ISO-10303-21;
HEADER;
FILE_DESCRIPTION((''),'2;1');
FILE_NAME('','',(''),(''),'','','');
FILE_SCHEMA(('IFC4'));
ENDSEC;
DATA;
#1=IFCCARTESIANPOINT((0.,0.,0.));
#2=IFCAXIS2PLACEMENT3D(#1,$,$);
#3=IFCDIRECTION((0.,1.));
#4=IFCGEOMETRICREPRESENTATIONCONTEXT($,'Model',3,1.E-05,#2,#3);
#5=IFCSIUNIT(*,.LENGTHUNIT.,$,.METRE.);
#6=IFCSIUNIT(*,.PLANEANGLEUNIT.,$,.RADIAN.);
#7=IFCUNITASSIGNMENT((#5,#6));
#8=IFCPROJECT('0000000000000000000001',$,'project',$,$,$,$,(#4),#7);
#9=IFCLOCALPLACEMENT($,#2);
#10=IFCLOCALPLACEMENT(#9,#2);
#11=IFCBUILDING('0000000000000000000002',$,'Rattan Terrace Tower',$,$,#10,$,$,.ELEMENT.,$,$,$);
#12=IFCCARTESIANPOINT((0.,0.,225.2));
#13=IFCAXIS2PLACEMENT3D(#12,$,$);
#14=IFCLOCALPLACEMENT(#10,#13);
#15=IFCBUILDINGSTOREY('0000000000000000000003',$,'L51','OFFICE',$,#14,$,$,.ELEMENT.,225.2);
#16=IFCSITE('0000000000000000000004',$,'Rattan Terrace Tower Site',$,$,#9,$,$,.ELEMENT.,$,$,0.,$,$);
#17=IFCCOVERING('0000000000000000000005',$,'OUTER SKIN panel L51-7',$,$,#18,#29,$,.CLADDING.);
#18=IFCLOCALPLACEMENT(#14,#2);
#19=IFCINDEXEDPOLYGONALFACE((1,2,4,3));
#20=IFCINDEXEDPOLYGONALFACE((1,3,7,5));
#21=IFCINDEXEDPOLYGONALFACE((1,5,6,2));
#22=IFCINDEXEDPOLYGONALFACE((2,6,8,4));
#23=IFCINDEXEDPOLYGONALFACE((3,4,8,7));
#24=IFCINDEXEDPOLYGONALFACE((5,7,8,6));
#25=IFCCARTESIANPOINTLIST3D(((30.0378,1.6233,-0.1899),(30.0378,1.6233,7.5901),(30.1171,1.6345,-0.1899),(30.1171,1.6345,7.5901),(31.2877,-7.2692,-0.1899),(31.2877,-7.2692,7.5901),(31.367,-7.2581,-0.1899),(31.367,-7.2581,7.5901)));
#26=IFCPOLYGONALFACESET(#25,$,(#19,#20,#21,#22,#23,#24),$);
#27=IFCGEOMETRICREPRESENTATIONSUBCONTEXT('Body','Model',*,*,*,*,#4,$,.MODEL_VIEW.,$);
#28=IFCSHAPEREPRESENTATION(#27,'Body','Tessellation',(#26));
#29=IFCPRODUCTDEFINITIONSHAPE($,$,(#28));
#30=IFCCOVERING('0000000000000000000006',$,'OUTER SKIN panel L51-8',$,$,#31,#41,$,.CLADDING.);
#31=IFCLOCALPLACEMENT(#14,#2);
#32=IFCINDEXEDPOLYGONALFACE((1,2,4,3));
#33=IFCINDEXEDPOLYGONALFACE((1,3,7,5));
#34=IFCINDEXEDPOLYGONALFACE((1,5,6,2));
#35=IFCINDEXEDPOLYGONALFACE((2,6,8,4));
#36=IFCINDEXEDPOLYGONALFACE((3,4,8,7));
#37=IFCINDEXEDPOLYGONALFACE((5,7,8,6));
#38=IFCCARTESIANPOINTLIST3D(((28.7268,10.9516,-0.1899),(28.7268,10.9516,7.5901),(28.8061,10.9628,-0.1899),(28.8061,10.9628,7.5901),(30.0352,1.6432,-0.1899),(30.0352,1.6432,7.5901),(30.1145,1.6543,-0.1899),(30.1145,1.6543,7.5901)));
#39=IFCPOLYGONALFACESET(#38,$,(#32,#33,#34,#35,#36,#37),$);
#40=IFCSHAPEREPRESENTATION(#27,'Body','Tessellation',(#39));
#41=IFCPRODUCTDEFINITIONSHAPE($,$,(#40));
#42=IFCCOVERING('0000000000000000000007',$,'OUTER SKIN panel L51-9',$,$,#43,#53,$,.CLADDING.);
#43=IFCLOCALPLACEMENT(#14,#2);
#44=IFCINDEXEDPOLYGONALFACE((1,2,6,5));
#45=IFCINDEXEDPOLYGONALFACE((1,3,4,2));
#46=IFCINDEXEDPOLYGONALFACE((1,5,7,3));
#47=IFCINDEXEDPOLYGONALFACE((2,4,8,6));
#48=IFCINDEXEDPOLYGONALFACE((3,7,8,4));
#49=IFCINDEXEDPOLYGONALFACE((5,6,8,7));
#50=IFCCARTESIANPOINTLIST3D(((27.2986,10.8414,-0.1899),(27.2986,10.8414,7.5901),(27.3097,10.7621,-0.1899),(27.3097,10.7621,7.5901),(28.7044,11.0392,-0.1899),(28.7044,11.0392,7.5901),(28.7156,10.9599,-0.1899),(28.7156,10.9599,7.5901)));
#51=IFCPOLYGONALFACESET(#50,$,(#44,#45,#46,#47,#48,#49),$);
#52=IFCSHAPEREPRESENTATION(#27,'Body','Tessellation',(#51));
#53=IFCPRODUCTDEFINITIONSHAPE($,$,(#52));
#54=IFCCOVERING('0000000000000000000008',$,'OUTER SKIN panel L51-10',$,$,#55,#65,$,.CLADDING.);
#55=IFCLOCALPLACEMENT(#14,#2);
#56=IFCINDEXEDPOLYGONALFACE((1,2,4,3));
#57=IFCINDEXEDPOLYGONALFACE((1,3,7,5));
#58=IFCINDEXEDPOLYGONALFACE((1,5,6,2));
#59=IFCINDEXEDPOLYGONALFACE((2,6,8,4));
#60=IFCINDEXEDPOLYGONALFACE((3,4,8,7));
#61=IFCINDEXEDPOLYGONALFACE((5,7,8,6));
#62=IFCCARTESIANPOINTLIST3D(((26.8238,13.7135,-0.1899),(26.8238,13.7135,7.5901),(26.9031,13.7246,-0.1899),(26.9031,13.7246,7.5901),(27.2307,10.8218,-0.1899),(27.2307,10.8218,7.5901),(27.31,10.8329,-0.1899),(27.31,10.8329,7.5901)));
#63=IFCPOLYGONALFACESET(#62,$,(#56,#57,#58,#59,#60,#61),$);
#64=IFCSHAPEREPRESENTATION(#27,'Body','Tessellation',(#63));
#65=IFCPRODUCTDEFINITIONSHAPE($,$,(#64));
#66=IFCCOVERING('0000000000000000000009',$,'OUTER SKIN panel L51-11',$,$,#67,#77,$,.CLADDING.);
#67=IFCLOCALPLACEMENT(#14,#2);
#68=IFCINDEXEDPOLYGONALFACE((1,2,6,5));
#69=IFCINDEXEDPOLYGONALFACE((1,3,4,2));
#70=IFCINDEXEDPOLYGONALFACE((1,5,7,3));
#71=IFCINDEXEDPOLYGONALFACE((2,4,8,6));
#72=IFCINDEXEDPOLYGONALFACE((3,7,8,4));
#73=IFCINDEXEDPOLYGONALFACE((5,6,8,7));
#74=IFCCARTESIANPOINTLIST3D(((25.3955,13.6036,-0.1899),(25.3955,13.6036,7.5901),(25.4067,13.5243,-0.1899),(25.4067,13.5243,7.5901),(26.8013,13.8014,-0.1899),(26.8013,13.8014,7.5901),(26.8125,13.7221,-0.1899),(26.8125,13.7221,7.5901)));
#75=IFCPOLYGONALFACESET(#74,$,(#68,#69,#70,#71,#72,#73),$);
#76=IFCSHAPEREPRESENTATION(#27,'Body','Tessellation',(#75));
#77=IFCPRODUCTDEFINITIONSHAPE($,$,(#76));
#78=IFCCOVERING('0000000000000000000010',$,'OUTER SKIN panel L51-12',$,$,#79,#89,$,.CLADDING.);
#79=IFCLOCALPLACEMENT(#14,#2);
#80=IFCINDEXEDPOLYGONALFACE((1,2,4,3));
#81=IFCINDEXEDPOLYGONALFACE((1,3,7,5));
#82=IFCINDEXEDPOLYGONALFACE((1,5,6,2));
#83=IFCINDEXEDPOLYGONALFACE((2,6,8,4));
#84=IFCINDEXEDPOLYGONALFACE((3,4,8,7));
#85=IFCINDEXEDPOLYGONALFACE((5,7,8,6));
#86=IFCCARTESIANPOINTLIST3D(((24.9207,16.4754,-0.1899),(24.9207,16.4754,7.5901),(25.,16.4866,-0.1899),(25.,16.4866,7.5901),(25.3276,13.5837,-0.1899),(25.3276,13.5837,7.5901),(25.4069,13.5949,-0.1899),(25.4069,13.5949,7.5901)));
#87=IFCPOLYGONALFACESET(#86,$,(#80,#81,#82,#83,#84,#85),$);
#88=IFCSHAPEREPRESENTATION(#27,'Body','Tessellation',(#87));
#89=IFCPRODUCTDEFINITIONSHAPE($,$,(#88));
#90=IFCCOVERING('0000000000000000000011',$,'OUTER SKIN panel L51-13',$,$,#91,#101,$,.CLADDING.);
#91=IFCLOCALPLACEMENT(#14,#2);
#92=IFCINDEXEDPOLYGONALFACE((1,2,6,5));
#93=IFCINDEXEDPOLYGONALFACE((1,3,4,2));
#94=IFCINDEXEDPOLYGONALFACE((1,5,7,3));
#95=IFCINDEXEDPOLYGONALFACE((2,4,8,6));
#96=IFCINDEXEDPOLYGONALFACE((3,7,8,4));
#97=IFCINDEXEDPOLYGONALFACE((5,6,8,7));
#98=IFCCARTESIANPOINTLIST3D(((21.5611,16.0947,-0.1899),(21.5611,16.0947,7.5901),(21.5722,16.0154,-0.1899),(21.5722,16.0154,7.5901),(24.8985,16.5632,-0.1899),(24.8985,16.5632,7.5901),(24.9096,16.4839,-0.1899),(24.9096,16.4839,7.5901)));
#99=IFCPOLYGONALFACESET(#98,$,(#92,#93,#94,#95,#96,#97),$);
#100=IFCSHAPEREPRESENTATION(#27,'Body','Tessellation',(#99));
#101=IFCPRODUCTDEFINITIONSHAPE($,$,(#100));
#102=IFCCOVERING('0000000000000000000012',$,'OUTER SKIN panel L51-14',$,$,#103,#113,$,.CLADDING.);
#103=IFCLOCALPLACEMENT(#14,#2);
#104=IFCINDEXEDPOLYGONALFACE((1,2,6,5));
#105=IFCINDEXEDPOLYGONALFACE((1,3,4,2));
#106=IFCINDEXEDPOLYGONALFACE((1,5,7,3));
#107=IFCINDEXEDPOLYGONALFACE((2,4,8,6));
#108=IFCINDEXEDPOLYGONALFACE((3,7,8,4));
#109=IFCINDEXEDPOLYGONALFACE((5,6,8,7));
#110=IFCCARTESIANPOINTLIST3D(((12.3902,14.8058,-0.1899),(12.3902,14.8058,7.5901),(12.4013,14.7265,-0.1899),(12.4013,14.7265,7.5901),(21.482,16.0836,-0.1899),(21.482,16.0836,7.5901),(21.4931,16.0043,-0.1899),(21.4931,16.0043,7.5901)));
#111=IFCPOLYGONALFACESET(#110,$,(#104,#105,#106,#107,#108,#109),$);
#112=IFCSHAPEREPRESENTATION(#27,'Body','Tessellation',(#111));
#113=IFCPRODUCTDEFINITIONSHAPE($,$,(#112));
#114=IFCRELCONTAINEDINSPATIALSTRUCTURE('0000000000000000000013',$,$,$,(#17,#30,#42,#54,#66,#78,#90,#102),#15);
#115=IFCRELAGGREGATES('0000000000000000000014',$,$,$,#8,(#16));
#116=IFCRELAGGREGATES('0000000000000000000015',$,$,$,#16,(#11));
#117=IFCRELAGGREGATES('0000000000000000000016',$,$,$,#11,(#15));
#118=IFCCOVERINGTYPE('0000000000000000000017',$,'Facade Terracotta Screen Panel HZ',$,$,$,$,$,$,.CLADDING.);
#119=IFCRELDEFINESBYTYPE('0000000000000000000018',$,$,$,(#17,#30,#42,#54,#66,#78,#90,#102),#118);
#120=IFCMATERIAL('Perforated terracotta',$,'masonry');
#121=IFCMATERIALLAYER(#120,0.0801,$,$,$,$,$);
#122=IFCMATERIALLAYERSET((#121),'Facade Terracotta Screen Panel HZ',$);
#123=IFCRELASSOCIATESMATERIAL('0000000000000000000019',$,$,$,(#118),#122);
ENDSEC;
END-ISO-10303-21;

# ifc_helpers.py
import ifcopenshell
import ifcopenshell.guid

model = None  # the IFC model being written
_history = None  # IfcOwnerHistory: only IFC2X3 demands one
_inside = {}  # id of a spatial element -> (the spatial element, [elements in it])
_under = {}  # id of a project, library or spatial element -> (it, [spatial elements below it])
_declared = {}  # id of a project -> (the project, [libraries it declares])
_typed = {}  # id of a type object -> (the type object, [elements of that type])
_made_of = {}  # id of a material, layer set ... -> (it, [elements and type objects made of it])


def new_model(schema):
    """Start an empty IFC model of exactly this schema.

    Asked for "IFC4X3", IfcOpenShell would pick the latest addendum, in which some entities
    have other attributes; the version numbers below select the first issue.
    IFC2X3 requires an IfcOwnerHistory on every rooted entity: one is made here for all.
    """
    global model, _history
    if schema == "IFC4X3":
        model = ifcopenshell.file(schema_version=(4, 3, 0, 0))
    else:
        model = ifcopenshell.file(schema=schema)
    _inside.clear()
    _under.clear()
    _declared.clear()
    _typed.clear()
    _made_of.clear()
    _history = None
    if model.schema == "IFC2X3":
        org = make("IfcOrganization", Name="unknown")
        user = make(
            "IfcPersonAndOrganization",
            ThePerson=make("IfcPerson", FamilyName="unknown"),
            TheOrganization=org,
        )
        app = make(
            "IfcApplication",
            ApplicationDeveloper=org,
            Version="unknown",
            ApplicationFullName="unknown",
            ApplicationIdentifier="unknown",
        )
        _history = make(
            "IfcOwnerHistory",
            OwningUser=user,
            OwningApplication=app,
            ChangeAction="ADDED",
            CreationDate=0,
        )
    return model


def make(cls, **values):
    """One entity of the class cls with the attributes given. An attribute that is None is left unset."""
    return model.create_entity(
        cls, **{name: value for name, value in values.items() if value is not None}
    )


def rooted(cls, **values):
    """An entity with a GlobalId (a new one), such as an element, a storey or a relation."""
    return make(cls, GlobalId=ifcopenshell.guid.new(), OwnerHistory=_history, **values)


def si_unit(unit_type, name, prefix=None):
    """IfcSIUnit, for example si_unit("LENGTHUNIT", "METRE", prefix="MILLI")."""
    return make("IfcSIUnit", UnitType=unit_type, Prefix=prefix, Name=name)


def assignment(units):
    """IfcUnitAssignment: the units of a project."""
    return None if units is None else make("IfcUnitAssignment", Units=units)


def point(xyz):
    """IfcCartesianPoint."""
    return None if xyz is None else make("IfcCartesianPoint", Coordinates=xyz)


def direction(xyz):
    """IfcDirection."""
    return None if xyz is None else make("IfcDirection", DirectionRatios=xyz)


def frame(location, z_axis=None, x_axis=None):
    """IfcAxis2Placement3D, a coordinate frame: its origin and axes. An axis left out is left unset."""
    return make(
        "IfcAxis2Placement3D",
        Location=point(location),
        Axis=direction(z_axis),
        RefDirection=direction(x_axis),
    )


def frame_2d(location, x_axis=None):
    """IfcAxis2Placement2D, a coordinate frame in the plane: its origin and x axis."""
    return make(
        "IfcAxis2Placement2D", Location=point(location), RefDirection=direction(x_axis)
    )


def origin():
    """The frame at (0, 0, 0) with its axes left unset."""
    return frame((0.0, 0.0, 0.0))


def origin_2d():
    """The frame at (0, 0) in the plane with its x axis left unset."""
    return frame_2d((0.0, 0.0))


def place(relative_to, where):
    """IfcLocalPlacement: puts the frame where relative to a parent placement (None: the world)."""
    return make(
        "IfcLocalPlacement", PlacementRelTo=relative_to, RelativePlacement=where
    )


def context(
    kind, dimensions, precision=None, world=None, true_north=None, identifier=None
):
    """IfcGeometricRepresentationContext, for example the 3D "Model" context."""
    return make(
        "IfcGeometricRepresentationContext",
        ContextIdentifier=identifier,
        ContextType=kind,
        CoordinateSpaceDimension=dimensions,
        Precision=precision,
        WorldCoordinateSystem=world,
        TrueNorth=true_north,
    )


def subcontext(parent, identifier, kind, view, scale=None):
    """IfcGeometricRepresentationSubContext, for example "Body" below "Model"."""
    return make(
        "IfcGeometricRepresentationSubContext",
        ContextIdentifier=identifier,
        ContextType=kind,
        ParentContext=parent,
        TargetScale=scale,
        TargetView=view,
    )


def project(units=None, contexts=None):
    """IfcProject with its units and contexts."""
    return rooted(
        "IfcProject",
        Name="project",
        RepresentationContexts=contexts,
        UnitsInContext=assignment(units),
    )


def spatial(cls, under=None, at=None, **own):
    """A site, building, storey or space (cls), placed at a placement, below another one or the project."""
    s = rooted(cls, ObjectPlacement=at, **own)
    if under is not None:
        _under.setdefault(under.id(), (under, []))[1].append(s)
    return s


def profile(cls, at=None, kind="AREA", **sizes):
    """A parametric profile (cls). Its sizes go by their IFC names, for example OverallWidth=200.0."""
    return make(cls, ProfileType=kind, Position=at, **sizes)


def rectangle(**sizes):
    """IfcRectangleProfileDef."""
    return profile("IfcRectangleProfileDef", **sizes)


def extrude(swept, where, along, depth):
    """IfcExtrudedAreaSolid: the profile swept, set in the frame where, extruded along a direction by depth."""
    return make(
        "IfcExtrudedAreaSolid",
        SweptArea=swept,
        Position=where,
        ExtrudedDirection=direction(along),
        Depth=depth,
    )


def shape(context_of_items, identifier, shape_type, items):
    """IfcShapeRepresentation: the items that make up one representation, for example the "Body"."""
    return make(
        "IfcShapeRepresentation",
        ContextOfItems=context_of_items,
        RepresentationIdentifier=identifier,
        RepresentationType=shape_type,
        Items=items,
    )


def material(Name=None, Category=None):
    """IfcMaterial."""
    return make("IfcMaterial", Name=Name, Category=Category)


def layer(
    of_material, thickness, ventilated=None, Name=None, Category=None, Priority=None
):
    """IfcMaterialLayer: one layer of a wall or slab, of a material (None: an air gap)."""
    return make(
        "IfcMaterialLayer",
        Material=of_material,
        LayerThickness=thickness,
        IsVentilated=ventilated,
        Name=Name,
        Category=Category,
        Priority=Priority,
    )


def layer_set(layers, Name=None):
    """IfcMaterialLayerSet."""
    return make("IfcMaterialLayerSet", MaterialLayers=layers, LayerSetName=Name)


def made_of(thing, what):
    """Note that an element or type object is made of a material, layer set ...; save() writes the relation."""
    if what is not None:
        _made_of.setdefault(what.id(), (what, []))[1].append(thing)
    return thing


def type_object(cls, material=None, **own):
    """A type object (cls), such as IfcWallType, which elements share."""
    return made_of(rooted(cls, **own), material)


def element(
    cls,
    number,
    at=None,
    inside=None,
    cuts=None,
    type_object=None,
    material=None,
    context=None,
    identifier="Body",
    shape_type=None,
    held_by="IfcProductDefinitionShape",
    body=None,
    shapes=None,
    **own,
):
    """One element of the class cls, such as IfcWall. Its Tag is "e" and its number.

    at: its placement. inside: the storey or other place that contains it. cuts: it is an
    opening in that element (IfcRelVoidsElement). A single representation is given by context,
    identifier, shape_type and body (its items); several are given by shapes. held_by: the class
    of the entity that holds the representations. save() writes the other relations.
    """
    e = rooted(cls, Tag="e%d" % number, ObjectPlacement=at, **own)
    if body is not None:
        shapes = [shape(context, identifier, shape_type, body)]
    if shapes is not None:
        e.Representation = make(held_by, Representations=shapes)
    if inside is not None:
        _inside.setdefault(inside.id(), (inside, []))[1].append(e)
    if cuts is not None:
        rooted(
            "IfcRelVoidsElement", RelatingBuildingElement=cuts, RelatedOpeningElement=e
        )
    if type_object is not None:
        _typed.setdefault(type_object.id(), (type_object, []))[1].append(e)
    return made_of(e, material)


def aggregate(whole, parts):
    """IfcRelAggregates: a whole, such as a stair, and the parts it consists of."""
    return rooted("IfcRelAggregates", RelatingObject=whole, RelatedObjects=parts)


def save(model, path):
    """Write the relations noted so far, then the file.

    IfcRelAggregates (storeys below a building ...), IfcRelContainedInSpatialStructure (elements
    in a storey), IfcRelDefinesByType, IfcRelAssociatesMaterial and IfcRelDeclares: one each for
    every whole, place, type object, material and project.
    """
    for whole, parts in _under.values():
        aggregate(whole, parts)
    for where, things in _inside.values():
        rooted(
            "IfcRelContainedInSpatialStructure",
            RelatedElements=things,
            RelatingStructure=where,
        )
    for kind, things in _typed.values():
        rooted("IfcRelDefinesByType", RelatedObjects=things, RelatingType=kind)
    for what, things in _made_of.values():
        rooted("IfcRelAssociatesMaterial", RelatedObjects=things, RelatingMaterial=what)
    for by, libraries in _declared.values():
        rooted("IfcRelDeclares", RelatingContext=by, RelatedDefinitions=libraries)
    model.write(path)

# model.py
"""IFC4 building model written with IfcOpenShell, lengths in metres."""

from ifc_helpers import new_model, si_unit, direction, frame, origin, origin_2d, place, context, subcontext, project, spatial, rectangle, extrude, material, layer, layer_set, type_object, element, save


model = new_model("IFC4")

# Units and contexts
model_context = context("Model", 3, precision=1e-05, world=origin(), true_north=direction((0.0, 1.0)))
body_context = subcontext(model_context, "Body", "Model", "MODEL_VIEW")
ifc_project = project(units=[si_unit("LENGTHUNIT", "METRE"), si_unit("PLANEANGLEUNIT", "RADIAN")], contexts=[model_context])

# Site, building, storey
site_placement = place(None, origin())
site = spatial("IfcSite", under=ifc_project, at=site_placement, Name="Rattan Terrace Tower Site", CompositionType="ELEMENT", RefElevation=0.0)
building_placement = place(site_placement, origin())
building = spatial("IfcBuilding", under=site, at=building_placement, Name="Rattan Terrace Tower", CompositionType="ELEMENT")
storey_placement = place(building_placement, frame((0.0, 0.0, 225.2)))
storey = spatial("IfcBuildingStorey", under=building, at=storey_placement, Name="L51", Description="OFFICE", CompositionType="ELEMENT", Elevation=225.2)

# Coverings
ifc_material_1 = material(Name="Perforated terracotta", Category="masonry")
ifc_layer_1 = layer(ifc_material_1, 0.0801)
ifc_layer_set_1 = layer_set([ifc_layer_1], Name="Facade Terracotta Screen Panel HZ")
covering_type = type_object("IfcCoveringType", Name="Facade Terracotta Screen Panel HZ", PredefinedType="CLADDING", material=ifc_layer_set_1)
covering_1_placement = place(storey_placement, frame((30.7024, -2.8174, -0.1899), z_axis=(0.0, 0.0, 1.0), x_axis=(-0.139186, 0.990266, 0.0)))
element("IfcCovering", 1, at=covering_1_placement, inside=storey, type_object=covering_type, Name="OUTER SKIN panel L51-7", PredefinedType="CLADDING", context=body_context, shape_type="SweptSolid", body=[
    extrude(rectangle(XDim=8.98, YDim=0.0801, at=origin_2d()), origin(), (0.0, 0.0, 1.0), 7.78),
])
covering_2_placement = place(storey_placement, frame((29.4207, 6.303, -0.1899), z_axis=(0.0, 0.0, 1.0), x_axis=(-0.139186, 0.990266, 0.0)))
element("IfcCovering", 2, at=covering_2_placement, inside=storey, type_object=covering_type, Name="OUTER SKIN panel L51-8", PredefinedType="CLADDING", context=body_context, shape_type="SweptSolid", body=[
    extrude(rectangle(XDim=9.3999, YDim=0.0801, at=origin_2d()), origin(), (0.0, 0.0, 1.0), 7.78),
])
covering_3_placement = place(storey_placement, frame((28.0071, 10.9006, -0.1899), z_axis=(0.0, 0.0, 1.0), x_axis=(-0.990241, -0.139367, 0.0)))
element("IfcCovering", 3, at=covering_3_placement, inside=storey, type_object=covering_type, Name="OUTER SKIN panel L51-9", PredefinedType="CLADDING", context=body_context, shape_type="SweptSolid", body=[
    extrude(rectangle(XDim=1.4197, YDim=0.0801, at=origin_2d()), origin(), (0.0, 0.0, 1.0), 7.78),
])
covering_4_placement = place(storey_placement, frame((27.0669, 12.2732, -0.1899), z_axis=(0.0, 0.0, 1.0), x_axis=(-0.139321, 0.990247, 0.0)))
element("IfcCovering", 4, at=covering_4_placement, inside=storey, type_object=covering_type, Name="OUTER SKIN panel L51-10", PredefinedType="CLADDING", context=body_context, shape_type="SweptSolid", body=[
    extrude(rectangle(XDim=2.9202, YDim=0.0801, at=origin_2d()), origin(), (0.0, 0.0, 1.0), 7.78),
])
covering_5_placement = place(storey_placement, frame((26.104, 13.6628, -0.1899), z_axis=(0.0, 0.0, 1.0), x_axis=(-0.990241, -0.139367, 0.0)))
element("IfcCovering", 5, at=covering_5_placement, inside=storey, type_object=covering_type, Name="OUTER SKIN panel L51-11", PredefinedType="CLADDING", context=body_context, shape_type="SweptSolid", body=[
    extrude(rectangle(XDim=1.4197, YDim=0.0801, at=origin_2d()), origin(), (0.0, 0.0, 1.0), 7.78),
])
covering_6_placement = place(storey_placement, frame((25.1638, 15.0352, -0.1899), z_axis=(0.0, 0.0, 1.0), x_axis=(-0.139321, 0.990247, 0.0)))
element("IfcCovering", 6, at=covering_6_placement, inside=storey, type_object=covering_type, Name="OUTER SKIN panel L51-12", PredefinedType="CLADDING", context=body_context, shape_type="SweptSolid", body=[
    extrude(rectangle(XDim=2.9202, YDim=0.0801, at=origin_2d()), origin(), (0.0, 0.0, 1.0), 7.78),
])
covering_7_placement = place(storey_placement, frame((23.2354, 16.2893, -0.1899), z_axis=(0.0, 0.0, 1.0), x_axis=(-0.990293, -0.138994, 0.0)))
element("IfcCovering", 7, at=covering_7_placement, inside=storey, type_object=covering_type, Name="OUTER SKIN panel L51-13", PredefinedType="CLADDING", context=body_context, shape_type="SweptSolid", body=[
    extrude(rectangle(XDim=3.3701, YDim=0.0801, at=origin_2d()), origin(), (0.0, 0.0, 1.0), 7.78),
])
covering_8_placement = place(storey_placement, frame((16.9417, 15.405, -0.1899), z_axis=(0.0, 0.0, 1.0), x_axis=(-0.990267, -0.139177, 0.0)))
element("IfcCovering", 8, at=covering_8_placement, inside=storey, type_object=covering_type, Name="OUTER SKIN panel L51-14", PredefinedType="CLADDING", context=body_context, shape_type="SweptSolid", body=[
    extrude(rectangle(XDim=9.1812, YDim=0.0801, at=origin_2d()), origin(), (0.0, 0.0, 1.0), 7.78),
])

save(model, "model.ifc")
